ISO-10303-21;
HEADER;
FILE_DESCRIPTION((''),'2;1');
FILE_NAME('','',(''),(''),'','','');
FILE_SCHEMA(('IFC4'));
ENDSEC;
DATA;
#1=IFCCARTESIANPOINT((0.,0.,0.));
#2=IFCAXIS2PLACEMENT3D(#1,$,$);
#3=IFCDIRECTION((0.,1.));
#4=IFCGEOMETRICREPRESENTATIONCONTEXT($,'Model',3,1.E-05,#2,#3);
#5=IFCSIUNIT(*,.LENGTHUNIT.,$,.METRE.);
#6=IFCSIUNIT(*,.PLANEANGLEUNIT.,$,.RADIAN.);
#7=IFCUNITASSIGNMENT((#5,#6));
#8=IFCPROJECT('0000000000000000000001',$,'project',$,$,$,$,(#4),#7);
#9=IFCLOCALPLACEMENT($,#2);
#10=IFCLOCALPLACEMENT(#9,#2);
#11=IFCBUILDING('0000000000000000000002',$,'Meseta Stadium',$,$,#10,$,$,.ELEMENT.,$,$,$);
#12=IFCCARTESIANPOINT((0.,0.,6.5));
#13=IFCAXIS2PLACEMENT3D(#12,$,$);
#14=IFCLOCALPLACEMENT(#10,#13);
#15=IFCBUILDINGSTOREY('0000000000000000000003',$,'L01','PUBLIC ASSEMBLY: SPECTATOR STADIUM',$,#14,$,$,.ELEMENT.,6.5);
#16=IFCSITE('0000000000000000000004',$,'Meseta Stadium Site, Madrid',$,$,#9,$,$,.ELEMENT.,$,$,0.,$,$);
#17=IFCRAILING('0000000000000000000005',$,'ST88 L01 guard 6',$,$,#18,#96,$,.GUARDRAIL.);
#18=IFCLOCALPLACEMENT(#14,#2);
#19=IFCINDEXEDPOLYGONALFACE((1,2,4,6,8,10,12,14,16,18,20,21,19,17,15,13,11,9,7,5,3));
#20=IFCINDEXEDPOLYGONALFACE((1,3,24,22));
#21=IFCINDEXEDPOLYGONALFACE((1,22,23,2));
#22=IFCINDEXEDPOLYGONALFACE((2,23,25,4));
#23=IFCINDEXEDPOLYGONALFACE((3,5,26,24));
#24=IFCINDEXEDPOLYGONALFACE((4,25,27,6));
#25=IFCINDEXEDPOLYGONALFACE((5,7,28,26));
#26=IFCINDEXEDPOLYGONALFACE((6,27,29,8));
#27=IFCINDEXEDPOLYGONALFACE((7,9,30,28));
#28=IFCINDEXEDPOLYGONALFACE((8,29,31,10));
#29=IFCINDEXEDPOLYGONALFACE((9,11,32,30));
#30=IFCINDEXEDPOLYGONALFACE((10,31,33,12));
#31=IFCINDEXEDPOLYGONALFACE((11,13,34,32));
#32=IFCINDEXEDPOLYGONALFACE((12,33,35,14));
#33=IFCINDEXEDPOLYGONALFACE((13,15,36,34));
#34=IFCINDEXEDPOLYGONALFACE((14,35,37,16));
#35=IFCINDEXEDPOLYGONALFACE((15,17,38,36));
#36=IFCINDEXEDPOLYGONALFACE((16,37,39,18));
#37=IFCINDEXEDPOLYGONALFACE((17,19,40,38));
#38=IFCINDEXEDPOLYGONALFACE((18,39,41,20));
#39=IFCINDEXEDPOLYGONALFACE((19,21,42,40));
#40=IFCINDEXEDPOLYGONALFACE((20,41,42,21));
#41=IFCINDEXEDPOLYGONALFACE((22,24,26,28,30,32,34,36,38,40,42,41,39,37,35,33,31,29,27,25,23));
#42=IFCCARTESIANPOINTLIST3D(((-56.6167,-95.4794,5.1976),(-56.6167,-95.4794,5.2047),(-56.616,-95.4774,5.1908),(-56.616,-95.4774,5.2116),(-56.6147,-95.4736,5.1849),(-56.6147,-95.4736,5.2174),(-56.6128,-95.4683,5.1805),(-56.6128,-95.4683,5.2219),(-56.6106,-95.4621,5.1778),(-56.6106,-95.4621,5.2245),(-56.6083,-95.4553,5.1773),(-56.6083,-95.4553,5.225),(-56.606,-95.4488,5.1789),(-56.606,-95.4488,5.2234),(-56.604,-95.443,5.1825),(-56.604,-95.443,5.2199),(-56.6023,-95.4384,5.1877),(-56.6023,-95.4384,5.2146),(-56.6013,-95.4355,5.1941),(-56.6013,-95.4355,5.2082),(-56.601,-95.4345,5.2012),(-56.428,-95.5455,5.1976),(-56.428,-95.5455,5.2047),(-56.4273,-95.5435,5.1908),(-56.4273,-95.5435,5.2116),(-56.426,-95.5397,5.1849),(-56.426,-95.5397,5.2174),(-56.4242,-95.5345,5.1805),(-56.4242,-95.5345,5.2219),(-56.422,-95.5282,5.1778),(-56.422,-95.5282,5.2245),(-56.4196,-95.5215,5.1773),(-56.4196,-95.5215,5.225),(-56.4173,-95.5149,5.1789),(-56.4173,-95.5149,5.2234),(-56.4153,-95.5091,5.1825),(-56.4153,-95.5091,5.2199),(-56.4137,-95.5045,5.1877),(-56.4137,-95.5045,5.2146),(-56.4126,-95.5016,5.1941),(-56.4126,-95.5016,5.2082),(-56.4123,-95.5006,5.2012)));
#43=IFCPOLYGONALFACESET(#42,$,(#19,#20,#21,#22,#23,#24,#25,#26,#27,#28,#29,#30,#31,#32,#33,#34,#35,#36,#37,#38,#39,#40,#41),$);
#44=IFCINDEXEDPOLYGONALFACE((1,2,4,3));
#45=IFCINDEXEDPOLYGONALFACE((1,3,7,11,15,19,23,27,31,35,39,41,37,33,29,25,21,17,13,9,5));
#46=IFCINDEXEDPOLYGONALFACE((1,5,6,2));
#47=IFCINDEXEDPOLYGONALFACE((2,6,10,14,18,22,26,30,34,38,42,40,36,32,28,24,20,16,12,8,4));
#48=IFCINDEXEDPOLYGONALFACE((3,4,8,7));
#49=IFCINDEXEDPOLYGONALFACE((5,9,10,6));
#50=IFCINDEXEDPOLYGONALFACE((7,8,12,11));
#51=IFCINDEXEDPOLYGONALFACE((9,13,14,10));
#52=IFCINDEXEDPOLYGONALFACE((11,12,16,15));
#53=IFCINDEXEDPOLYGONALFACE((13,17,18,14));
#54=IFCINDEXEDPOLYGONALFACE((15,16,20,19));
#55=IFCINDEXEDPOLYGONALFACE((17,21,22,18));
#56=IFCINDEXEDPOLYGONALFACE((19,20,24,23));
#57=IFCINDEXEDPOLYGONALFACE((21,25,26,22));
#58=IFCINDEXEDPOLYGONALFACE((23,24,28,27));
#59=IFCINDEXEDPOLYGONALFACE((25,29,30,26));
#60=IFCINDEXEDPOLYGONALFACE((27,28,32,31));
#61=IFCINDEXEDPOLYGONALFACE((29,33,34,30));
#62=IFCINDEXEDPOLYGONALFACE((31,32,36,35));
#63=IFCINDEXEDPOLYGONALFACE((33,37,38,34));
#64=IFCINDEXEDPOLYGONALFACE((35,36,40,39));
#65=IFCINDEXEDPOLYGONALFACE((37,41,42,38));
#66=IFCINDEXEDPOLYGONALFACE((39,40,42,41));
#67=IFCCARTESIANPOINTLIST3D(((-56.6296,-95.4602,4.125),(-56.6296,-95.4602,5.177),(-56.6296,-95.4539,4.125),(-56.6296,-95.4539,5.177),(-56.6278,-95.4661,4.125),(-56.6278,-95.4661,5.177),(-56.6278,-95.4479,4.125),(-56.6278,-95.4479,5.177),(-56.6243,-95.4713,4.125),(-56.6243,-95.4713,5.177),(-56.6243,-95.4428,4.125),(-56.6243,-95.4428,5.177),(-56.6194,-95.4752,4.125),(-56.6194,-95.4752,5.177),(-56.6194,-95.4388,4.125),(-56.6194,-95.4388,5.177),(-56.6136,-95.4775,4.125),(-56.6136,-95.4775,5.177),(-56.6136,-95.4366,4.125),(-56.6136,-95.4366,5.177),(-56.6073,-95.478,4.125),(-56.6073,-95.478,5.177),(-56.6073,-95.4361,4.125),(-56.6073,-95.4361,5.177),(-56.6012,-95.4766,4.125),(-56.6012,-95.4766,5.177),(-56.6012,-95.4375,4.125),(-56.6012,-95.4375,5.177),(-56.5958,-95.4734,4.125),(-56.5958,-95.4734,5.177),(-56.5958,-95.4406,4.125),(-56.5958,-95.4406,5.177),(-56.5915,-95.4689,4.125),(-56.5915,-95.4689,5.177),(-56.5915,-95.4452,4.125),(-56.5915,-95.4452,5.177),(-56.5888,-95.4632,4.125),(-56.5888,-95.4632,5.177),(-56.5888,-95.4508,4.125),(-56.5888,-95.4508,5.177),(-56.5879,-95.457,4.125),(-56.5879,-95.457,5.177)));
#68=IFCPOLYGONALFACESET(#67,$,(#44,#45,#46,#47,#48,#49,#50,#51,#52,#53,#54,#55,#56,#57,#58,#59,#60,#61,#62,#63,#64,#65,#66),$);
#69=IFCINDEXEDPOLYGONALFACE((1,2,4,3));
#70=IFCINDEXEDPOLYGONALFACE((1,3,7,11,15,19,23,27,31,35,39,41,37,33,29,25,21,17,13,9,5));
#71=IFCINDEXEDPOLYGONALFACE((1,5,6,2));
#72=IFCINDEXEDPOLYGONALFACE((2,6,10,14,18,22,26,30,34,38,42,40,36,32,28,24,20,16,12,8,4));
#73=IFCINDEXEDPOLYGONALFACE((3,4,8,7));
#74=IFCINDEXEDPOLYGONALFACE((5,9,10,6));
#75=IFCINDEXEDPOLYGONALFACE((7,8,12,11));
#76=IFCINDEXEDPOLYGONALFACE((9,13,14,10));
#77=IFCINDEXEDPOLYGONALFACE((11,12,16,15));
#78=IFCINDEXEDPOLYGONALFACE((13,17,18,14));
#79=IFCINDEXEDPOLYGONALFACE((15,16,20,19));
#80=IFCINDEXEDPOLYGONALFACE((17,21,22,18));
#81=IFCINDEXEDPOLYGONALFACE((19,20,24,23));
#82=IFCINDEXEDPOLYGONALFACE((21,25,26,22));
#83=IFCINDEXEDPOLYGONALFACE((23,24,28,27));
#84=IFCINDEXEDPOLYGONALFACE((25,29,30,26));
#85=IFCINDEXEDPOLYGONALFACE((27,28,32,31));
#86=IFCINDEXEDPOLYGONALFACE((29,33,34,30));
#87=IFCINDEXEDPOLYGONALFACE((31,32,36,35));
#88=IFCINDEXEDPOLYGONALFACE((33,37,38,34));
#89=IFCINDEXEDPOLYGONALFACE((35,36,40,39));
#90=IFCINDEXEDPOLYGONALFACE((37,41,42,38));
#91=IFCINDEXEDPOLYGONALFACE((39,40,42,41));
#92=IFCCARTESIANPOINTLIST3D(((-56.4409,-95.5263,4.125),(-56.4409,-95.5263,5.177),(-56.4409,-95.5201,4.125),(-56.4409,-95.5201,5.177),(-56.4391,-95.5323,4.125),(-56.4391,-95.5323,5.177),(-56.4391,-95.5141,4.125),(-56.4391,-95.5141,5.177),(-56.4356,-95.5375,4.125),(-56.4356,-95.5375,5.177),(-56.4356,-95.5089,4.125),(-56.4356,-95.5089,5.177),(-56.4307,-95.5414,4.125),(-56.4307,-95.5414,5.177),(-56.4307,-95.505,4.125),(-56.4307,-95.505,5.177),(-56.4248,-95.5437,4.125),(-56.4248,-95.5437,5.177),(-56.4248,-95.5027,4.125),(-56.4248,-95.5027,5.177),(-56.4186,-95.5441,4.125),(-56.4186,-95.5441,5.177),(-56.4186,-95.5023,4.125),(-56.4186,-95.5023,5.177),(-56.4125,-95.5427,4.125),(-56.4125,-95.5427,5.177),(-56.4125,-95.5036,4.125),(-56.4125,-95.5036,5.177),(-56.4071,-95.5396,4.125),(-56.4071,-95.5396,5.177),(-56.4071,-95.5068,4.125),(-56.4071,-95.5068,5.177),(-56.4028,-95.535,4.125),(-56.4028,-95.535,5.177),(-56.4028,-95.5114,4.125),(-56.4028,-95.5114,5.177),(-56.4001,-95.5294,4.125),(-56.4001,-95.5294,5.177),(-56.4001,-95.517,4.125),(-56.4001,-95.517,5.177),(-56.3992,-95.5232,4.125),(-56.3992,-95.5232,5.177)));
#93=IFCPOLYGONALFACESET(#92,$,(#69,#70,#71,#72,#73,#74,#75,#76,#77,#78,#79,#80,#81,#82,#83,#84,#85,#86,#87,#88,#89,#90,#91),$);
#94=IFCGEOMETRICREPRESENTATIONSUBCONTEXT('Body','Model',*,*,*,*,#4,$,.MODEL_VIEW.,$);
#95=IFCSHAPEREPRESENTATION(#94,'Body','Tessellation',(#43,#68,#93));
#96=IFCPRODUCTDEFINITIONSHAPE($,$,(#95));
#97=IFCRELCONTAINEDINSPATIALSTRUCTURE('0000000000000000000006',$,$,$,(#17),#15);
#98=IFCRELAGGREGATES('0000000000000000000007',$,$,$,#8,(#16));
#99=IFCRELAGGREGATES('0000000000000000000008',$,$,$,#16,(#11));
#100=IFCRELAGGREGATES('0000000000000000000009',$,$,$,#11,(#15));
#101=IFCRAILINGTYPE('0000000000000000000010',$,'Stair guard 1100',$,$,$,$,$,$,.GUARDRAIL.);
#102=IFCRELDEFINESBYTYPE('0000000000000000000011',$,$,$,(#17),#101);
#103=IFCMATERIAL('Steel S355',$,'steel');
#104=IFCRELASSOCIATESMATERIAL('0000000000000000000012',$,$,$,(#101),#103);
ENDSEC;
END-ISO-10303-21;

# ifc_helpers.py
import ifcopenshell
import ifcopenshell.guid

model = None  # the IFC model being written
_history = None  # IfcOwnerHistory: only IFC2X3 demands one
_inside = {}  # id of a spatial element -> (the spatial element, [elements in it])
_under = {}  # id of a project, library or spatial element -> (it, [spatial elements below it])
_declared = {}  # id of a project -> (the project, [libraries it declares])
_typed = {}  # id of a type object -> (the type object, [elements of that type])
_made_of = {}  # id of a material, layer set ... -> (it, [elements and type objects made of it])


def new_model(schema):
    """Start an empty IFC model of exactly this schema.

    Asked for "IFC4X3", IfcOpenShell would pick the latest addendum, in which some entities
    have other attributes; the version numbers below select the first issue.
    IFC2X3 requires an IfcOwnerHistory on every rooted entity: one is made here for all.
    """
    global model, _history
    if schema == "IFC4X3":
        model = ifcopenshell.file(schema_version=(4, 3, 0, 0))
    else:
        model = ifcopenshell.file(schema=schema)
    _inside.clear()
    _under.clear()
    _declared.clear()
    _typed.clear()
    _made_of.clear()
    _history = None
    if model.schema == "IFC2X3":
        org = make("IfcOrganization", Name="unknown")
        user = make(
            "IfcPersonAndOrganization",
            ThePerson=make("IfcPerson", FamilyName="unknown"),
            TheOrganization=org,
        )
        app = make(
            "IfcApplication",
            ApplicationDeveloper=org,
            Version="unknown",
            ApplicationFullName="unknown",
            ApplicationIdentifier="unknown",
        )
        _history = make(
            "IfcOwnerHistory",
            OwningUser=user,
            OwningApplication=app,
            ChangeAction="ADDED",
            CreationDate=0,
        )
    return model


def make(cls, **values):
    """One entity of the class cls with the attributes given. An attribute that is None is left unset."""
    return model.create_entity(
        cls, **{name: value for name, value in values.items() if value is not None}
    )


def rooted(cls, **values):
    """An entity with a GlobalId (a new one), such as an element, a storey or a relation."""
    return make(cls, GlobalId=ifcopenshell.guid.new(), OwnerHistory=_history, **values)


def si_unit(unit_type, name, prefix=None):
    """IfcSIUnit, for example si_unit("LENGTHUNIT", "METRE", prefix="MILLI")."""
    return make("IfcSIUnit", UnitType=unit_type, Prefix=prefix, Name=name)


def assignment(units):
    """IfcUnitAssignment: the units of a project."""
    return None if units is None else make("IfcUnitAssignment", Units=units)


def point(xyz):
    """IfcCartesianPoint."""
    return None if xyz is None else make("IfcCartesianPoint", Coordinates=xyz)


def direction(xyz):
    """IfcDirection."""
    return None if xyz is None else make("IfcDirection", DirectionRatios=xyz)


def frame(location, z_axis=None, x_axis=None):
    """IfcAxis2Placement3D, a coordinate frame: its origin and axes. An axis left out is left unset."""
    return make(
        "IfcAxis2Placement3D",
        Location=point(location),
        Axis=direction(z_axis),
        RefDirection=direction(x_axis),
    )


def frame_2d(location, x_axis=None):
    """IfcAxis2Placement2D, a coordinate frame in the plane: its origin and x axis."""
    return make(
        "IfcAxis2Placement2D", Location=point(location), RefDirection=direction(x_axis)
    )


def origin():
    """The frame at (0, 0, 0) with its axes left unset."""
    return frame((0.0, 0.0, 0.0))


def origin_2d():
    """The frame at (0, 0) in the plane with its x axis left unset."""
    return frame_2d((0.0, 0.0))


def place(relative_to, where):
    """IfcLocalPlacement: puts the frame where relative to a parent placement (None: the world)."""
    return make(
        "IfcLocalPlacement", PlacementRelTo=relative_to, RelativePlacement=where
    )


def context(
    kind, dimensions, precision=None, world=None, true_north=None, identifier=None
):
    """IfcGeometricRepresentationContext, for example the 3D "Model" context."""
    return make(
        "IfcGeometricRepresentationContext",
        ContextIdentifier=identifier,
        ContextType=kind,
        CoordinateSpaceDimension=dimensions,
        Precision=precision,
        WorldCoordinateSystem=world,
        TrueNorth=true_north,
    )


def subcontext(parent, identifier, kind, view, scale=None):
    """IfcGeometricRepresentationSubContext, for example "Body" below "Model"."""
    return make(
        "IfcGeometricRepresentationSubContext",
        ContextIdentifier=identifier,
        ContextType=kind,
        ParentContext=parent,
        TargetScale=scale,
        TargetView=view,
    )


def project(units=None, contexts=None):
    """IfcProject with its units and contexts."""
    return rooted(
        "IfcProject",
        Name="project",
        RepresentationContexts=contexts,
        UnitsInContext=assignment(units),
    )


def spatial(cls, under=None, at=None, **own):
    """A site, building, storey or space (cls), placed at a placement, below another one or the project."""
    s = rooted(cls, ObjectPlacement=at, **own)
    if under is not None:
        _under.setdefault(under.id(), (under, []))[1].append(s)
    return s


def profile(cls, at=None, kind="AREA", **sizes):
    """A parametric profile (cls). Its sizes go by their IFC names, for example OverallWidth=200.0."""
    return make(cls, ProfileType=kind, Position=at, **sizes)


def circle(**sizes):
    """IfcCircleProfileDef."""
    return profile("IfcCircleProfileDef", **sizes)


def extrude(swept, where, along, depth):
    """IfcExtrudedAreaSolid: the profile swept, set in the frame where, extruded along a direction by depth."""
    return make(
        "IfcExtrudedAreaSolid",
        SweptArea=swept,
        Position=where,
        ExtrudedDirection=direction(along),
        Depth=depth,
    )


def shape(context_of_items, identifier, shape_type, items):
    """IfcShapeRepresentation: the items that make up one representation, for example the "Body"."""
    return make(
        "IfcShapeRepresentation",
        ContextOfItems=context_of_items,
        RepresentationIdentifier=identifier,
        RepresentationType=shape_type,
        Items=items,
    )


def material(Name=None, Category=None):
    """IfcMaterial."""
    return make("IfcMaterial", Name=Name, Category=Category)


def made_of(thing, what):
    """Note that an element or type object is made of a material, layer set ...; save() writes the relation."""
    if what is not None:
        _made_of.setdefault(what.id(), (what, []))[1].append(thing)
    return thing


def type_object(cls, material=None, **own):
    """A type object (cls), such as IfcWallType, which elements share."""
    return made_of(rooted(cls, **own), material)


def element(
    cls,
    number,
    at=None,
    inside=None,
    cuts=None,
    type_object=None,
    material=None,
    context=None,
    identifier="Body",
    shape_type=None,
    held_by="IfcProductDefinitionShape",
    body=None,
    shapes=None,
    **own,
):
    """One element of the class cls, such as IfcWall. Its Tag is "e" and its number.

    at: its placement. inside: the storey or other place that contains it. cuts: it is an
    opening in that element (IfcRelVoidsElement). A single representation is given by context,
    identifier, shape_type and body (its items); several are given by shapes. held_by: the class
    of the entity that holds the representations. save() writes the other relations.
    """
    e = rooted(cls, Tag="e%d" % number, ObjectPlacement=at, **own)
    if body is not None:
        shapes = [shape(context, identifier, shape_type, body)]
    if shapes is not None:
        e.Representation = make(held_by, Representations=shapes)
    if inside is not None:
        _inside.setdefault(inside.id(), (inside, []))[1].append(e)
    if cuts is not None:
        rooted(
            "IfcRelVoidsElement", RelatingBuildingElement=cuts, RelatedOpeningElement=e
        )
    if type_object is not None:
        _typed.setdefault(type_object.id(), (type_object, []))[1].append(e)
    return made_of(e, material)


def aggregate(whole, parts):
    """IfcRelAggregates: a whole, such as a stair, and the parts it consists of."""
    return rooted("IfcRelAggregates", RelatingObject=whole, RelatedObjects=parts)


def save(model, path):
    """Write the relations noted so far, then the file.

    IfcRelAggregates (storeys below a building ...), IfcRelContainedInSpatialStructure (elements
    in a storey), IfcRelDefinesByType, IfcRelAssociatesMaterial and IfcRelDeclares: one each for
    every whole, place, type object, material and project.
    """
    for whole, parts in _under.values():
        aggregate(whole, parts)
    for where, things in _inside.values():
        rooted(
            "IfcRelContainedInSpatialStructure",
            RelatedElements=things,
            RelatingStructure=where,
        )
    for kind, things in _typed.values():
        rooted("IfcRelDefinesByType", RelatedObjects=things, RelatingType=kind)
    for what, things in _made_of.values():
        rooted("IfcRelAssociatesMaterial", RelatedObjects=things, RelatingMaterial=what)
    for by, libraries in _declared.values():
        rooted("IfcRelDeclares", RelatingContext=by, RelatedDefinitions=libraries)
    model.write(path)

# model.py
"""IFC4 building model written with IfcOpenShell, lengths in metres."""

from ifc_helpers import new_model, si_unit, direction, frame, origin, origin_2d, place, context, subcontext, project, spatial, circle, extrude, material, type_object, element, save


model = new_model("IFC4")

# Units and contexts
model_context = context("Model", 3, precision=1e-05, world=origin(), true_north=direction((0.0, 1.0)))
body_context = subcontext(model_context, "Body", "Model", "MODEL_VIEW")
ifc_project = project(units=[si_unit("LENGTHUNIT", "METRE"), si_unit("PLANEANGLEUNIT", "RADIAN")], contexts=[model_context])

# Site, building, storey
site_placement = place(None, origin())
site = spatial("IfcSite", under=ifc_project, at=site_placement, Name="Meseta Stadium Site, Madrid", CompositionType="ELEMENT", RefElevation=0.0)
building_placement = place(site_placement, origin())
building = spatial("IfcBuilding", under=site, at=building_placement, Name="Meseta Stadium", CompositionType="ELEMENT")
storey_placement = place(building_placement, frame((0.0, 0.0, 6.5)))
storey = spatial("IfcBuildingStorey", under=building, at=storey_placement, Name="L01", Description="PUBLIC ASSEMBLY: SPECTATOR STADIUM", CompositionType="ELEMENT", Elevation=6.5)

# Railing
ifc_material_1 = material(Name="Steel S355", Category="steel")
railing_type_1 = type_object("IfcRailingType", Name="Stair guard 1100", PredefinedType="GUARDRAIL", material=ifc_material_1)
railing_1_placement = place(storey_placement, frame((-56.6089, -95.457, 4.125)))
element("IfcRailing", 1, at=railing_1_placement, inside=storey, type_object=railing_type_1, Name="ST88 L01 guard 6", PredefinedType="GUARDRAIL", context=body_context, shape_type="SweptSolid", body=[
    extrude(circle(Radius=0.0239, at=origin_2d()), frame((0.0, 0.0, 1.0762), z_axis=(0.943687, -0.33084, 0.0), x_axis=(0.33084, 0.943687, 0.0)), (0.0, 0.0, 1.0), 0.2),
    extrude(circle(Radius=0.021, at=origin_2d()), origin(), (0.0, 0.0, 1.0), 1.052),
    extrude(circle(Radius=0.021, at=origin_2d()), frame((0.1887, -0.0662, 0.0)), (0.0, 0.0, 1.0), 1.052),
])

save(model, "model.ifc")
